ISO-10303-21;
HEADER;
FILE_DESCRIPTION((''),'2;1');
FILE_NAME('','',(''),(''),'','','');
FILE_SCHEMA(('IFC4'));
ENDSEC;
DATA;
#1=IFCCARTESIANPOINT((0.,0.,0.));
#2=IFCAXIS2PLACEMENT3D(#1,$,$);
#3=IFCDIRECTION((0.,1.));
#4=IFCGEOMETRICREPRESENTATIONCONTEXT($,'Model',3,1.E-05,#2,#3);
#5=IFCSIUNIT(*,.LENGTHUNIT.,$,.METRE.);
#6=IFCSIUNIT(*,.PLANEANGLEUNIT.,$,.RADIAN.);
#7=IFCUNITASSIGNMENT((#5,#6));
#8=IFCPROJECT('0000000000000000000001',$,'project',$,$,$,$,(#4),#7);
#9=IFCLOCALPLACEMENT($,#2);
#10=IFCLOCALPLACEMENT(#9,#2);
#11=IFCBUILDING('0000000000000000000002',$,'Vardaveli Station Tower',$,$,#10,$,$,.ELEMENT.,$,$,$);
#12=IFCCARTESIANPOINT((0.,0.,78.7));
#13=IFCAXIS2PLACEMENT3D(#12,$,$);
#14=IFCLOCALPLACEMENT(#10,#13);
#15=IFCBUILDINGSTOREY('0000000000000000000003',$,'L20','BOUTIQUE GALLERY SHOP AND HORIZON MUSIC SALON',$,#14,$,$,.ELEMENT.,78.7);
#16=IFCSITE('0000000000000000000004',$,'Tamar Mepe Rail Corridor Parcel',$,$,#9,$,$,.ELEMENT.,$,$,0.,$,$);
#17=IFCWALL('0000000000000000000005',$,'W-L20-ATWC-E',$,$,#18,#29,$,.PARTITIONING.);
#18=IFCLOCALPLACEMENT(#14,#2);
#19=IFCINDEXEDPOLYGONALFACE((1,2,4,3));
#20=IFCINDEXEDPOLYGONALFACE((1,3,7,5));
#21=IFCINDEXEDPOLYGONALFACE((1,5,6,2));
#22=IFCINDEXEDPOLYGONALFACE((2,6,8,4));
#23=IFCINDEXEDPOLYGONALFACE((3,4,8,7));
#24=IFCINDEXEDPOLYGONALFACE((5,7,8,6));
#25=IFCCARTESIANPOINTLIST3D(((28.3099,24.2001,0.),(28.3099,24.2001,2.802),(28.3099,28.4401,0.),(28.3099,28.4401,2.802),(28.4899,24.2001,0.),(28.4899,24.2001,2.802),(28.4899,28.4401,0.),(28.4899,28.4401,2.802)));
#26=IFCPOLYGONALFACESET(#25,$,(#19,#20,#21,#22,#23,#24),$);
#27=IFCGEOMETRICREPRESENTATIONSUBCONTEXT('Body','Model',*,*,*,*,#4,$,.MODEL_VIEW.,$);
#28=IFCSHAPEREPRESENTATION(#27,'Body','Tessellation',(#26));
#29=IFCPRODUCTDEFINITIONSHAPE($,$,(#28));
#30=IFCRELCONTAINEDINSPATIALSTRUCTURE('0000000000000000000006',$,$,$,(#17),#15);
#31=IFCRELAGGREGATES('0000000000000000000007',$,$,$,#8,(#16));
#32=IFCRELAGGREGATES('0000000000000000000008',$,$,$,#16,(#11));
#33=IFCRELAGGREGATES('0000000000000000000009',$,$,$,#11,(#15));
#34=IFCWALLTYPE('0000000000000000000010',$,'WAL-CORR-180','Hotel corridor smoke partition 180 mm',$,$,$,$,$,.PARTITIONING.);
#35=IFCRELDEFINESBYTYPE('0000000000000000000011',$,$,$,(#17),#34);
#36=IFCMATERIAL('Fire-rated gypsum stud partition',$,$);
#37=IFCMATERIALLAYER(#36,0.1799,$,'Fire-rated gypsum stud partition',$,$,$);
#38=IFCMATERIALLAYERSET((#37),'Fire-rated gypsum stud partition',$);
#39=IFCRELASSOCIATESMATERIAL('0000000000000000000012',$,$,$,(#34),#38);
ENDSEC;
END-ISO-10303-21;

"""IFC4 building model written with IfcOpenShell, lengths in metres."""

from ifc_helpers import new_model, si_unit, direction, frame, frame_2d, origin, place, context, subcontext, project, spatial, rectangle, extrude, source, transform, mapped, material, layer, layer_set, type_object, element, save


model = new_model("IFC4")

# Units and contexts
model_context = context("Model", 3, precision=1e-05, world=origin(), true_north=direction((0.0, 1.0)))
body_context = subcontext(model_context, "Body", "Model", "MODEL_VIEW")
ifc_project = project(units=[si_unit("LENGTHUNIT", "METRE"), si_unit("PLANEANGLEUNIT", "RADIAN")], contexts=[model_context])

# Site, building, storey
site_placement = place(None, origin())
site = spatial("IfcSite", under=ifc_project, at=site_placement, Name="Tamar Mepe Rail Corridor Parcel", CompositionType="ELEMENT", RefElevation=0.0)
building_placement = place(site_placement, origin())
building = spatial("IfcBuilding", under=site, at=building_placement, Name="Vardaveli Station Tower", CompositionType="ELEMENT")
storey_placement = place(building_placement, frame((0.0, 0.0, 78.7)))
storey = spatial("IfcBuildingStorey", under=building, at=storey_placement, Name="L20", Description="BOUTIQUE GALLERY SHOP AND HORIZON MUSIC SALON", CompositionType="ELEMENT", Elevation=78.7)

# Wall
ifc_material_1 = material(Name="Fire-rated gypsum stud partition")
ifc_layer_1 = layer(ifc_material_1, 0.1799, Name="Fire-rated gypsum stud partition")
ifc_layer_set_1 = layer_set([ifc_layer_1], Name="Fire-rated gypsum stud partition")
wall_type_1 = type_object("IfcWallType", Name="WAL-CORR-180", Description="Hotel corridor smoke partition 180 mm", PredefinedType="PARTITIONING", material=ifc_layer_set_1)
shared_shape_1 = source(origin(), body_context, "Body", "SweptSolid", [
    extrude(rectangle(XDim=4.24, YDim=0.1799, at=frame_2d((2.1201, 0.0))), origin(), (0.0, 0.0, 1.0), 2.802),
])
wall_1_placement = place(storey_placement, frame((28.3999, 24.2, 0.0), z_axis=(0.0, 0.0, 1.0), x_axis=(0.0, 1.0, 0.0)))
element("IfcWall", 1, at=wall_1_placement, inside=storey, type_object=wall_type_1, Name="W-L20-ATWC-E", PredefinedType="PARTITIONING", context=body_context, shape_type="MappedRepresentation", body=[
    mapped(shared_shape_1, transform((0.0, 0.0, 0.0), scale=1.0)),
])

save(model, "model.ifc")
